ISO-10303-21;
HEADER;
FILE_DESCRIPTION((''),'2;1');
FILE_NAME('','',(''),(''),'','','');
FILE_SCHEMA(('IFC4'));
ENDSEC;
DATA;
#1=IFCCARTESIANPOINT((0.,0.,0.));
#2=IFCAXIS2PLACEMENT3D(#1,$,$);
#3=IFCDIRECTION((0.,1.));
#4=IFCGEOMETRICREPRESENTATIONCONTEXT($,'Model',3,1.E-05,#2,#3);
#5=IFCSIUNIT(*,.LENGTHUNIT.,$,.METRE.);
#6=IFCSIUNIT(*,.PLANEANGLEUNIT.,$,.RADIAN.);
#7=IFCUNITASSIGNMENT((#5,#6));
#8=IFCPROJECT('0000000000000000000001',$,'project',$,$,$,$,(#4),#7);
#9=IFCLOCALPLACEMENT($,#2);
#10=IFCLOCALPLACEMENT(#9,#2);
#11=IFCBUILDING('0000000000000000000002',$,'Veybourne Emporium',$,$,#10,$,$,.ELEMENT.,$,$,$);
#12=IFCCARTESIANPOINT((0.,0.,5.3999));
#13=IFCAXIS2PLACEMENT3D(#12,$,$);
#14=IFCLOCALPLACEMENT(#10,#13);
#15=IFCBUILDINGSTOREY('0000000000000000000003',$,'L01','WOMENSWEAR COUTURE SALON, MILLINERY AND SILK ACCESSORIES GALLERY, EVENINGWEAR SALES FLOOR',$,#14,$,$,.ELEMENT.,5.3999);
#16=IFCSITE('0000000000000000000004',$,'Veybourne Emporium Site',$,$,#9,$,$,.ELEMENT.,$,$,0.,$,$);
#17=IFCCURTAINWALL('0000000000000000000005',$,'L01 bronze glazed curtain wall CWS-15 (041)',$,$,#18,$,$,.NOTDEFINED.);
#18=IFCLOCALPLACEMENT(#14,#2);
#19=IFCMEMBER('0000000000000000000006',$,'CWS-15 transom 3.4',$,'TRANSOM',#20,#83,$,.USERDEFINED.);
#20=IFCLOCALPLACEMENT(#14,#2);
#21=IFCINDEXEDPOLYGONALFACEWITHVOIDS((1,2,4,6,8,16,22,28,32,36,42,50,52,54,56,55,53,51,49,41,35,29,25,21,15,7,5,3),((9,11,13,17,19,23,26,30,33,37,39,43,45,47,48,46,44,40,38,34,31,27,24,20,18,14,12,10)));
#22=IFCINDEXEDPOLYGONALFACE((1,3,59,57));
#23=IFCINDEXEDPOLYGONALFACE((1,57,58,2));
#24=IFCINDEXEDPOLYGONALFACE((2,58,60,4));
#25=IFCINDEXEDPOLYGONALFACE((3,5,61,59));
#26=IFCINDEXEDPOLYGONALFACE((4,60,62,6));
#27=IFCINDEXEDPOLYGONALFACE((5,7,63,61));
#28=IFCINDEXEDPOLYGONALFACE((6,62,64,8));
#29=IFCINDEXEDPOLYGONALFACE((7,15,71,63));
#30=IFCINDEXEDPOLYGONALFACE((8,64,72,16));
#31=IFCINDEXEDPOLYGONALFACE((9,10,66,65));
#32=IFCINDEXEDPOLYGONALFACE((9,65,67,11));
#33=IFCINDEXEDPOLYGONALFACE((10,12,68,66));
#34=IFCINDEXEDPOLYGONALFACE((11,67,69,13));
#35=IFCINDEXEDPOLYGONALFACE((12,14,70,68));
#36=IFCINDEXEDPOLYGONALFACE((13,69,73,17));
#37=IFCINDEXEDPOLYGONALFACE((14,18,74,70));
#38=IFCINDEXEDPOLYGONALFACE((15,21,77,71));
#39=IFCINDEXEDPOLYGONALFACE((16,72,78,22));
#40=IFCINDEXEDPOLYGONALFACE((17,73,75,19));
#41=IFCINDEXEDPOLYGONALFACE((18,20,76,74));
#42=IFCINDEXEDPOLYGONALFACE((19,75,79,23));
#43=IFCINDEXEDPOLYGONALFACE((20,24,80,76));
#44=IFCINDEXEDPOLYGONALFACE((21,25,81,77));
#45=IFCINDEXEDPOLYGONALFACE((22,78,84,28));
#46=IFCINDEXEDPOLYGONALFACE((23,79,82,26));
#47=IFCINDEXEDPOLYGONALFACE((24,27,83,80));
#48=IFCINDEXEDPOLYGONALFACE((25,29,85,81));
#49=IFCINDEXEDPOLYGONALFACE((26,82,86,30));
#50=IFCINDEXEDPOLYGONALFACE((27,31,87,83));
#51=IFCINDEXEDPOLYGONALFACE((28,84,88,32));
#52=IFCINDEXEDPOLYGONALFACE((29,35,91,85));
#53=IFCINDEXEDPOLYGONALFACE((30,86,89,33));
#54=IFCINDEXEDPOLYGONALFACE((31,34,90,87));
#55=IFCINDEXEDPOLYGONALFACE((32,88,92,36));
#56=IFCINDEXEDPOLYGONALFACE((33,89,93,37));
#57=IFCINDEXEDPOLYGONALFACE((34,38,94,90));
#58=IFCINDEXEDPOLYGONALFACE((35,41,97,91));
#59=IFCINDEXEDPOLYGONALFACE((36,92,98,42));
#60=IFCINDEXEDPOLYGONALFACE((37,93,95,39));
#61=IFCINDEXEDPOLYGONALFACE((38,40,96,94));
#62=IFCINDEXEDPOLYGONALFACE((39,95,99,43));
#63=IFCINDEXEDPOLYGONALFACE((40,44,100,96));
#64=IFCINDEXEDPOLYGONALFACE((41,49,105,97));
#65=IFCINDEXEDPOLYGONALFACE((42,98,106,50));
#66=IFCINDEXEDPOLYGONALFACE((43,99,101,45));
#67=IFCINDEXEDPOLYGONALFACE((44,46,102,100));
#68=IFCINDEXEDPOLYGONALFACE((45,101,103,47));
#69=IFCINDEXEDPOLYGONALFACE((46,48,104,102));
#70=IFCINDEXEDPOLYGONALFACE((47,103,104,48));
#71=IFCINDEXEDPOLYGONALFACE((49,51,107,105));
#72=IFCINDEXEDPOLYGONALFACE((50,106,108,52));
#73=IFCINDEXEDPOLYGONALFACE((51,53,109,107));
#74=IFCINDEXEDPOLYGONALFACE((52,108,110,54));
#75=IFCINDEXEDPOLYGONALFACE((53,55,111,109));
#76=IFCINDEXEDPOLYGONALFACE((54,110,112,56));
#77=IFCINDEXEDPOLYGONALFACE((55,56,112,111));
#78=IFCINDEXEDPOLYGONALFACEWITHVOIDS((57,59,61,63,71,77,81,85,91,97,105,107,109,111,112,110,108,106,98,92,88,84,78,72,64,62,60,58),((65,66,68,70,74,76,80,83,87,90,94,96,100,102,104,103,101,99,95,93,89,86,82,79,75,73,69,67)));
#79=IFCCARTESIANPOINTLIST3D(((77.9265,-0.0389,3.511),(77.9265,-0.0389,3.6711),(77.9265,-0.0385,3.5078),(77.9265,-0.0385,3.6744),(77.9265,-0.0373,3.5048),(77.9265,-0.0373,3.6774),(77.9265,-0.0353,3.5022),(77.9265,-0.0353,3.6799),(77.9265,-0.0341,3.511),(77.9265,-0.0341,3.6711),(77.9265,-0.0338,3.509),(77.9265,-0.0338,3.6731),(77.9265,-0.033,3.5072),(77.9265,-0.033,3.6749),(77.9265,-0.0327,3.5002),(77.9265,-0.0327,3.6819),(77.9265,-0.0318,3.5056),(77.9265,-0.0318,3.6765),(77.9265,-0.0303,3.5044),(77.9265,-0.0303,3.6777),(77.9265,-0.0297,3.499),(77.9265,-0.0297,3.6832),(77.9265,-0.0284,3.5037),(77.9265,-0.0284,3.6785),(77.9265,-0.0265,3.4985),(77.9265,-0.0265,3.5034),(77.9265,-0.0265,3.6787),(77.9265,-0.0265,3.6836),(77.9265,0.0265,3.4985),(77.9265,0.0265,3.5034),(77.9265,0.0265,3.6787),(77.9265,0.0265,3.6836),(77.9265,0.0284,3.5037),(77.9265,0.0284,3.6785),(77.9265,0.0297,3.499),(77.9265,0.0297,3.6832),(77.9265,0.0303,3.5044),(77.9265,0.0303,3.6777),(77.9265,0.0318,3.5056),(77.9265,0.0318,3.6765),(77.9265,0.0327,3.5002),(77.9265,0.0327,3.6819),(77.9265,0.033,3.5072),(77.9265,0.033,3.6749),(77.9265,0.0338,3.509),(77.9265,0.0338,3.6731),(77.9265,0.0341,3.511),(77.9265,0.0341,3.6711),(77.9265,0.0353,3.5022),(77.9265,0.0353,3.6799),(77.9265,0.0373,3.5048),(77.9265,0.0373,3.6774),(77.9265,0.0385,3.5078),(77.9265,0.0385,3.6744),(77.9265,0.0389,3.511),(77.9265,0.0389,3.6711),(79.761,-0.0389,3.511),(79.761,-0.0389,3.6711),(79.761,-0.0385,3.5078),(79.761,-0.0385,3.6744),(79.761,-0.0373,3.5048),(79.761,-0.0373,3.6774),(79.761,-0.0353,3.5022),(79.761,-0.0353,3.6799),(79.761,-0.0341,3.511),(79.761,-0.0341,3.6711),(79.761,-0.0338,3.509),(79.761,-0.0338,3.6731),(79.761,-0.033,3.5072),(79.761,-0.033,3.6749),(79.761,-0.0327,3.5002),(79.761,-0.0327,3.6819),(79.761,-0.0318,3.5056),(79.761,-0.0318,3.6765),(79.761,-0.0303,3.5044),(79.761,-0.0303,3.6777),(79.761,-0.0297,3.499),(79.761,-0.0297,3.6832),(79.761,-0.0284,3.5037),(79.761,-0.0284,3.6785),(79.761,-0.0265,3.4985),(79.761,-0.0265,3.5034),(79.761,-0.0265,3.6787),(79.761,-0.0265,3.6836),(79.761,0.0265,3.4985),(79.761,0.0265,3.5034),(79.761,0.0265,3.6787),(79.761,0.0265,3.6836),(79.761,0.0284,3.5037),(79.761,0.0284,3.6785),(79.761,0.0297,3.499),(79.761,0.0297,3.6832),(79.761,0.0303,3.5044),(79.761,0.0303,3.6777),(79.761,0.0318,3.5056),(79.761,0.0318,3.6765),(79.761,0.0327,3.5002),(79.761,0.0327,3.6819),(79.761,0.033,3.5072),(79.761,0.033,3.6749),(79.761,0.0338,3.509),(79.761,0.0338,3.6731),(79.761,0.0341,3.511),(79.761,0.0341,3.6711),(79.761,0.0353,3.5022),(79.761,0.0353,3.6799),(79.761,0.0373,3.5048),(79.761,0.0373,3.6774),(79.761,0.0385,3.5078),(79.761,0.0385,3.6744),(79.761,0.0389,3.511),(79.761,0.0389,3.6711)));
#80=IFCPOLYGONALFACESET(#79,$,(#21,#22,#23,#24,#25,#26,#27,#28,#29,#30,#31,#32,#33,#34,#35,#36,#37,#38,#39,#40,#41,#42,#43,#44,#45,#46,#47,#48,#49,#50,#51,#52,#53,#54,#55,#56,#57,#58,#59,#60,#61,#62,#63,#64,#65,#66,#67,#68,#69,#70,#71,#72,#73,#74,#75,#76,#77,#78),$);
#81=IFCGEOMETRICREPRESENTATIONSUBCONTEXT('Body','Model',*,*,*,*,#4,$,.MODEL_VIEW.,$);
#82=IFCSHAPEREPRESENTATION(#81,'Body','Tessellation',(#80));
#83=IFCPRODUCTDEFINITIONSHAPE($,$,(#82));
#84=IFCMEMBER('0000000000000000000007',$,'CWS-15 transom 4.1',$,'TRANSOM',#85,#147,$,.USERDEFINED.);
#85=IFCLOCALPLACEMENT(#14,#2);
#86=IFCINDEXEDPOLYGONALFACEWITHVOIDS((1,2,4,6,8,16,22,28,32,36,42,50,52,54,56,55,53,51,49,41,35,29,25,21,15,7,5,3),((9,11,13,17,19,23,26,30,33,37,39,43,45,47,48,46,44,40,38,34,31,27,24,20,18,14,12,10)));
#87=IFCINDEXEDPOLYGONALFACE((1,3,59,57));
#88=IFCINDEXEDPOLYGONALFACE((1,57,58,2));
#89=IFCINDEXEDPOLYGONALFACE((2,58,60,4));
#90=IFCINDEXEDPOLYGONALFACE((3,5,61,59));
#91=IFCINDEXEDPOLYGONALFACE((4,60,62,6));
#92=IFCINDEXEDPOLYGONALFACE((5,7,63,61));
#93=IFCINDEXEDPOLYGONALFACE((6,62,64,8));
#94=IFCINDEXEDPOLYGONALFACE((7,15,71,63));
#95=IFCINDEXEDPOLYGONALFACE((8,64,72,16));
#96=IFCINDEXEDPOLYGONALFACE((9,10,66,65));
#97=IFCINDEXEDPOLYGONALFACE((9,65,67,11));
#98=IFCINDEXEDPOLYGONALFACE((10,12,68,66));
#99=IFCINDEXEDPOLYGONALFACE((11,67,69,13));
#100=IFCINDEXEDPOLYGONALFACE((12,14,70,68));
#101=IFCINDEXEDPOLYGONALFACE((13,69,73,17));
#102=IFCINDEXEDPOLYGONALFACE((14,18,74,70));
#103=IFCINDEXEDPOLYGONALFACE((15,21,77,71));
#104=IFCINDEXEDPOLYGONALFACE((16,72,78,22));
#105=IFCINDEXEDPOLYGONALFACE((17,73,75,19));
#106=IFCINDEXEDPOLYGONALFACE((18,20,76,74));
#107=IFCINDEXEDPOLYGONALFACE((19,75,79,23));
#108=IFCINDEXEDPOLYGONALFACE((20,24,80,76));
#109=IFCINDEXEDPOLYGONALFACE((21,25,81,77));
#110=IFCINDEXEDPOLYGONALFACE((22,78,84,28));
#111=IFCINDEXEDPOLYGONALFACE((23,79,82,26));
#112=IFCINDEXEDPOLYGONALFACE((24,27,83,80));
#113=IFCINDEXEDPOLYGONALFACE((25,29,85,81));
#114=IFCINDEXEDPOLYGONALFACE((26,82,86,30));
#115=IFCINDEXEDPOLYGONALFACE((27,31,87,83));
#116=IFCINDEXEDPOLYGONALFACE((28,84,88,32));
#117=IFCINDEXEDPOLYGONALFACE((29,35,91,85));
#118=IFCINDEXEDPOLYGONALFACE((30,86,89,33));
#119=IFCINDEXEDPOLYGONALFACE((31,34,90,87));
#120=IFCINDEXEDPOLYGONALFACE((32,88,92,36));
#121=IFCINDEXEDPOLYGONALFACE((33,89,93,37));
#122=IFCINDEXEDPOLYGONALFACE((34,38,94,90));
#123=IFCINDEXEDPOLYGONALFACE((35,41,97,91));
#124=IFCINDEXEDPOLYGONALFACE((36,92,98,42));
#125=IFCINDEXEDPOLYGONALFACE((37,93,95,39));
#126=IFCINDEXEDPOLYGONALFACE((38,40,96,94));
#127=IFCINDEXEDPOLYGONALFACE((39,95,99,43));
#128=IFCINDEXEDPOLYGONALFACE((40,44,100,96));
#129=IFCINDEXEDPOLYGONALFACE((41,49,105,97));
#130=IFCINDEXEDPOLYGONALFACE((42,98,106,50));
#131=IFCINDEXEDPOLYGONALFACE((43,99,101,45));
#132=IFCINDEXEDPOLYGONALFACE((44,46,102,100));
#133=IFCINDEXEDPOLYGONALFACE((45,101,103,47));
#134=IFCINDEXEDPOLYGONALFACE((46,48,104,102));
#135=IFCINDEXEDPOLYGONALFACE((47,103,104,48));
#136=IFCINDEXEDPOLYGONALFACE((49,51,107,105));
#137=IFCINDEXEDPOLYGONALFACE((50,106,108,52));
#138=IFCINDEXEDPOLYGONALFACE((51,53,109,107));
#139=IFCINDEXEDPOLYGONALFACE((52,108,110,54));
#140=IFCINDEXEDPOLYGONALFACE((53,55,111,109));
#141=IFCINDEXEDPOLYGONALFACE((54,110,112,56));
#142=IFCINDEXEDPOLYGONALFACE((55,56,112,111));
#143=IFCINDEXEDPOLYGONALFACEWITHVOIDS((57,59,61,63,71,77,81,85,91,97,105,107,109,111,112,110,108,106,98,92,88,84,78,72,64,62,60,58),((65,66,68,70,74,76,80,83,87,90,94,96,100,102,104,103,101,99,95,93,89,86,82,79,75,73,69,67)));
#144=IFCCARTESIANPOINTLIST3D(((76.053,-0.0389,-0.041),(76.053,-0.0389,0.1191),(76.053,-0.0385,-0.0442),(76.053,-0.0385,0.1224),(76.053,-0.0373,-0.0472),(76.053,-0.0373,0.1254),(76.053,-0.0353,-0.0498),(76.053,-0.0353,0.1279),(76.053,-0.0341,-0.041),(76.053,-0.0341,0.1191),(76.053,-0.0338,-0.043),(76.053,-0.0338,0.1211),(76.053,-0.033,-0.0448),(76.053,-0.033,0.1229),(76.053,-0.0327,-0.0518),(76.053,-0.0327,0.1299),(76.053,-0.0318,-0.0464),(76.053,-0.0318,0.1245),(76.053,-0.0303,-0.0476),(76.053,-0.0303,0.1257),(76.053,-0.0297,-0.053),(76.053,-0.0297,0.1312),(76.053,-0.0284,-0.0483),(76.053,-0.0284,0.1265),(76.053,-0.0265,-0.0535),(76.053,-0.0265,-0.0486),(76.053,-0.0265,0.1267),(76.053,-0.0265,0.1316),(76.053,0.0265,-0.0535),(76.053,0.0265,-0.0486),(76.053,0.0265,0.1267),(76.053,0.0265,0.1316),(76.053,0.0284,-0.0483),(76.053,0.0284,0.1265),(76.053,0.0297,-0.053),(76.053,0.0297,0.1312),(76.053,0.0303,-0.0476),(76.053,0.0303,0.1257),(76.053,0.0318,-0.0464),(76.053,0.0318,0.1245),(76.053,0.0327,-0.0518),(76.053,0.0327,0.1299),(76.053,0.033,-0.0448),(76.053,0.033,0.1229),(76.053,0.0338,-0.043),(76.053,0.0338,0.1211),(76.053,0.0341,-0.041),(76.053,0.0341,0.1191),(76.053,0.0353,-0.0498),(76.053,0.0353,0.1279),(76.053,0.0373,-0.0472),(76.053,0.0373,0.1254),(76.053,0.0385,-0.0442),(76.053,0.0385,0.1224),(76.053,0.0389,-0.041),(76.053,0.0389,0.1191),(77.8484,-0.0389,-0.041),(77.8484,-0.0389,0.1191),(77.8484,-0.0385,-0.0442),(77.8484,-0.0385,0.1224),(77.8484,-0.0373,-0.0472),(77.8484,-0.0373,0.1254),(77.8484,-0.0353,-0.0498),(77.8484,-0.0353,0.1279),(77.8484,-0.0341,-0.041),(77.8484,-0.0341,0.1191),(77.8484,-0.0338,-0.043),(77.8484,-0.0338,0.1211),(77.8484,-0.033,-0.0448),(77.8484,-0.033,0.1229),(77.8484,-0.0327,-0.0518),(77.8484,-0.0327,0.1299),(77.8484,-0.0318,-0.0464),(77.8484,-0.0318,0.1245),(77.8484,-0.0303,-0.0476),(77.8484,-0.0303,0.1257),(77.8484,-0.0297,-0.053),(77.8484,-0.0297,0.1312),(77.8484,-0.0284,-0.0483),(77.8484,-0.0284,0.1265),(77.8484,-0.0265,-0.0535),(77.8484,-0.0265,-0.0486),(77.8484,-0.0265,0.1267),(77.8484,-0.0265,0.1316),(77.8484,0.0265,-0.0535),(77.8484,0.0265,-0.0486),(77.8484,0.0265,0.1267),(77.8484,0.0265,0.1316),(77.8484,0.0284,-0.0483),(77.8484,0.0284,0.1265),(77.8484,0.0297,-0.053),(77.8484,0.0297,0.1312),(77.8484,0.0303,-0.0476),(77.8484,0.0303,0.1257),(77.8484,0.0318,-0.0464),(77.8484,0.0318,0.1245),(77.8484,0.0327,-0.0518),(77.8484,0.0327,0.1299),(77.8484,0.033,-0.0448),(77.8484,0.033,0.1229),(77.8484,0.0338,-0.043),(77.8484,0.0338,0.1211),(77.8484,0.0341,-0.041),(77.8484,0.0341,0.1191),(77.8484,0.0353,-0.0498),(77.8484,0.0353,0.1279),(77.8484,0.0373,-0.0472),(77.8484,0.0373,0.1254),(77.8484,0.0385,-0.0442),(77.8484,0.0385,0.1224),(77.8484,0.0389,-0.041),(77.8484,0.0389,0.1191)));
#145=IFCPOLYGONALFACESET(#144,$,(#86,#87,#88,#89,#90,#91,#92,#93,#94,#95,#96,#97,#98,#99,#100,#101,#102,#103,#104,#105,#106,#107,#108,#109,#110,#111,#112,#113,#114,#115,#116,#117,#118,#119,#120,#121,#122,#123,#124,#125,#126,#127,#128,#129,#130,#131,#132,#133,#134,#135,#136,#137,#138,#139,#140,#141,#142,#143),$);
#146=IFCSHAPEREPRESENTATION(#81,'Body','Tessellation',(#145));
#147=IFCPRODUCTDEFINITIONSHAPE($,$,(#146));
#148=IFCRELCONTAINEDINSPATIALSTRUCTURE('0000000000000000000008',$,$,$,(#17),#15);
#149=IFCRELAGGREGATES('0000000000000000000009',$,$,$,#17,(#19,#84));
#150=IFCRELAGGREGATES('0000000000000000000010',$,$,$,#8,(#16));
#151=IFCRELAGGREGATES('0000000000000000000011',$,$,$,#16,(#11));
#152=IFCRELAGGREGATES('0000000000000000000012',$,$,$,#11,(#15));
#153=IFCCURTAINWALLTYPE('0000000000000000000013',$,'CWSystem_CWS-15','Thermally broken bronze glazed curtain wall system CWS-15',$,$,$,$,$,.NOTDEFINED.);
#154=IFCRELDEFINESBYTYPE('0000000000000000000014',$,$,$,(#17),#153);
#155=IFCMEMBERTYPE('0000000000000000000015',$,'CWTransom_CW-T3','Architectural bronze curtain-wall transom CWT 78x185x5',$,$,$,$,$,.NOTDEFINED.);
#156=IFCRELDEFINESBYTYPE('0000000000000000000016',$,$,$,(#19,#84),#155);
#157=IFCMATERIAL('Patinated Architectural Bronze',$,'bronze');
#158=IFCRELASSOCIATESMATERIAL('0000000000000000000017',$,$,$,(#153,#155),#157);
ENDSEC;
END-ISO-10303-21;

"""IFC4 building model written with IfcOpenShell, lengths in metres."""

from ifc_helpers import new_model, si_unit, direction, frame, origin, origin_2d, place, context, subcontext, project, spatial, hollow_rectangle, extrude, material, material_profile, profile_set, type_object, element, aggregate, save


model = new_model("IFC4")

# Units and contexts
model_context = context("Model", 3, precision=1e-05, world=origin(), true_north=direction((0.0, 1.0)))
body_context = subcontext(model_context, "Body", "Model", "MODEL_VIEW")
ifc_project = project(units=[si_unit("LENGTHUNIT", "METRE"), si_unit("PLANEANGLEUNIT", "RADIAN")], contexts=[model_context])

# Site, building, storey
site_placement = place(None, origin())
site = spatial("IfcSite", under=ifc_project, at=site_placement, Name="Veybourne Emporium Site", CompositionType="ELEMENT", RefElevation=0.0)
building_placement = place(site_placement, origin())
building = spatial("IfcBuilding", under=site, at=building_placement, Name="Veybourne Emporium", CompositionType="ELEMENT")
storey_placement = place(building_placement, frame((0.0, 0.0, 5.3999)))
storey = spatial("IfcBuildingStorey", under=building, at=storey_placement, Name="L01", Description="WOMENSWEAR COUTURE SALON, MILLINERY AND SILK ACCESSORIES GALLERY, EVENINGWEAR SALES FLOOR", CompositionType="ELEMENT", Elevation=5.3999)

# Curtain wall, members
ifc_material_1 = material(Name="Patinated Architectural Bronze", Category="bronze")
curtain_wall_type = type_object("IfcCurtainWallType", Name="CWSystem_CWS-15", Description="Thermally broken bronze glazed curtain wall system CWS-15", PredefinedType="NOTDEFINED", material=ifc_material_1)
curtain_wall_placement = place(storey_placement, origin())
curtain_wall = element("IfcCurtainWall", 1, at=curtain_wall_placement, inside=storey, type_object=curtain_wall_type, Name="L01 bronze glazed curtain wall CWS-15 (041)", PredefinedType="NOTDEFINED")
ifc_material_profile_1 = material_profile(ifc_material_1, hollow_rectangle(XDim=0.0779, YDim=0.1851, WallThickness=0.0049, InnerFilletRadius=0.0076, OuterFilletRadius=0.0125, at=origin_2d()), Name="CWT 78x185x5")
ifc_profile_set_1 = profile_set([ifc_material_profile_1], Name="Patinated Architectural Bronze")
member_type_1 = type_object("IfcMemberType", Name="CWTransom_CW-T3", Description="Architectural bronze curtain-wall transom CWT 78x185x5", PredefinedType="NOTDEFINED", material=ifc_profile_set_1)
member_1_placement = place(storey_placement, frame((79.761, 0.0, 3.5911), z_axis=(-1.0, 0.0, 0.0), x_axis=(0.0, -1.0, 0.0)))
member_1 = element("IfcMember", 2, at=member_1_placement, type_object=member_type_1, Name="CWS-15 transom 3.4", ObjectType="TRANSOM", PredefinedType="USERDEFINED", context=body_context, shape_type="SweptSolid", body=[
    extrude(hollow_rectangle(XDim=0.0779, YDim=0.1851, WallThickness=0.0049, InnerFilletRadius=0.0076, OuterFilletRadius=0.0125, at=origin_2d()), origin(), (0.0, 0.0, 1.0), 1.8345),
])
member_2_placement = place(storey_placement, frame((77.8484, 0.0, 0.0391), z_axis=(-1.0, 0.0, 0.0), x_axis=(0.0, -1.0, 0.0)))
member_2 = element("IfcMember", 3, at=member_2_placement, type_object=member_type_1, Name="CWS-15 transom 4.1", ObjectType="TRANSOM", PredefinedType="USERDEFINED", context=body_context, shape_type="SweptSolid", body=[
    extrude(hollow_rectangle(XDim=0.0779, YDim=0.1851, WallThickness=0.0049, InnerFilletRadius=0.0076, OuterFilletRadius=0.0125, at=origin_2d()), origin(), (0.0, 0.0, 1.0), 1.7954),
])

aggregate(curtain_wall, [member_1, member_2])

save(model, "model.ifc")
